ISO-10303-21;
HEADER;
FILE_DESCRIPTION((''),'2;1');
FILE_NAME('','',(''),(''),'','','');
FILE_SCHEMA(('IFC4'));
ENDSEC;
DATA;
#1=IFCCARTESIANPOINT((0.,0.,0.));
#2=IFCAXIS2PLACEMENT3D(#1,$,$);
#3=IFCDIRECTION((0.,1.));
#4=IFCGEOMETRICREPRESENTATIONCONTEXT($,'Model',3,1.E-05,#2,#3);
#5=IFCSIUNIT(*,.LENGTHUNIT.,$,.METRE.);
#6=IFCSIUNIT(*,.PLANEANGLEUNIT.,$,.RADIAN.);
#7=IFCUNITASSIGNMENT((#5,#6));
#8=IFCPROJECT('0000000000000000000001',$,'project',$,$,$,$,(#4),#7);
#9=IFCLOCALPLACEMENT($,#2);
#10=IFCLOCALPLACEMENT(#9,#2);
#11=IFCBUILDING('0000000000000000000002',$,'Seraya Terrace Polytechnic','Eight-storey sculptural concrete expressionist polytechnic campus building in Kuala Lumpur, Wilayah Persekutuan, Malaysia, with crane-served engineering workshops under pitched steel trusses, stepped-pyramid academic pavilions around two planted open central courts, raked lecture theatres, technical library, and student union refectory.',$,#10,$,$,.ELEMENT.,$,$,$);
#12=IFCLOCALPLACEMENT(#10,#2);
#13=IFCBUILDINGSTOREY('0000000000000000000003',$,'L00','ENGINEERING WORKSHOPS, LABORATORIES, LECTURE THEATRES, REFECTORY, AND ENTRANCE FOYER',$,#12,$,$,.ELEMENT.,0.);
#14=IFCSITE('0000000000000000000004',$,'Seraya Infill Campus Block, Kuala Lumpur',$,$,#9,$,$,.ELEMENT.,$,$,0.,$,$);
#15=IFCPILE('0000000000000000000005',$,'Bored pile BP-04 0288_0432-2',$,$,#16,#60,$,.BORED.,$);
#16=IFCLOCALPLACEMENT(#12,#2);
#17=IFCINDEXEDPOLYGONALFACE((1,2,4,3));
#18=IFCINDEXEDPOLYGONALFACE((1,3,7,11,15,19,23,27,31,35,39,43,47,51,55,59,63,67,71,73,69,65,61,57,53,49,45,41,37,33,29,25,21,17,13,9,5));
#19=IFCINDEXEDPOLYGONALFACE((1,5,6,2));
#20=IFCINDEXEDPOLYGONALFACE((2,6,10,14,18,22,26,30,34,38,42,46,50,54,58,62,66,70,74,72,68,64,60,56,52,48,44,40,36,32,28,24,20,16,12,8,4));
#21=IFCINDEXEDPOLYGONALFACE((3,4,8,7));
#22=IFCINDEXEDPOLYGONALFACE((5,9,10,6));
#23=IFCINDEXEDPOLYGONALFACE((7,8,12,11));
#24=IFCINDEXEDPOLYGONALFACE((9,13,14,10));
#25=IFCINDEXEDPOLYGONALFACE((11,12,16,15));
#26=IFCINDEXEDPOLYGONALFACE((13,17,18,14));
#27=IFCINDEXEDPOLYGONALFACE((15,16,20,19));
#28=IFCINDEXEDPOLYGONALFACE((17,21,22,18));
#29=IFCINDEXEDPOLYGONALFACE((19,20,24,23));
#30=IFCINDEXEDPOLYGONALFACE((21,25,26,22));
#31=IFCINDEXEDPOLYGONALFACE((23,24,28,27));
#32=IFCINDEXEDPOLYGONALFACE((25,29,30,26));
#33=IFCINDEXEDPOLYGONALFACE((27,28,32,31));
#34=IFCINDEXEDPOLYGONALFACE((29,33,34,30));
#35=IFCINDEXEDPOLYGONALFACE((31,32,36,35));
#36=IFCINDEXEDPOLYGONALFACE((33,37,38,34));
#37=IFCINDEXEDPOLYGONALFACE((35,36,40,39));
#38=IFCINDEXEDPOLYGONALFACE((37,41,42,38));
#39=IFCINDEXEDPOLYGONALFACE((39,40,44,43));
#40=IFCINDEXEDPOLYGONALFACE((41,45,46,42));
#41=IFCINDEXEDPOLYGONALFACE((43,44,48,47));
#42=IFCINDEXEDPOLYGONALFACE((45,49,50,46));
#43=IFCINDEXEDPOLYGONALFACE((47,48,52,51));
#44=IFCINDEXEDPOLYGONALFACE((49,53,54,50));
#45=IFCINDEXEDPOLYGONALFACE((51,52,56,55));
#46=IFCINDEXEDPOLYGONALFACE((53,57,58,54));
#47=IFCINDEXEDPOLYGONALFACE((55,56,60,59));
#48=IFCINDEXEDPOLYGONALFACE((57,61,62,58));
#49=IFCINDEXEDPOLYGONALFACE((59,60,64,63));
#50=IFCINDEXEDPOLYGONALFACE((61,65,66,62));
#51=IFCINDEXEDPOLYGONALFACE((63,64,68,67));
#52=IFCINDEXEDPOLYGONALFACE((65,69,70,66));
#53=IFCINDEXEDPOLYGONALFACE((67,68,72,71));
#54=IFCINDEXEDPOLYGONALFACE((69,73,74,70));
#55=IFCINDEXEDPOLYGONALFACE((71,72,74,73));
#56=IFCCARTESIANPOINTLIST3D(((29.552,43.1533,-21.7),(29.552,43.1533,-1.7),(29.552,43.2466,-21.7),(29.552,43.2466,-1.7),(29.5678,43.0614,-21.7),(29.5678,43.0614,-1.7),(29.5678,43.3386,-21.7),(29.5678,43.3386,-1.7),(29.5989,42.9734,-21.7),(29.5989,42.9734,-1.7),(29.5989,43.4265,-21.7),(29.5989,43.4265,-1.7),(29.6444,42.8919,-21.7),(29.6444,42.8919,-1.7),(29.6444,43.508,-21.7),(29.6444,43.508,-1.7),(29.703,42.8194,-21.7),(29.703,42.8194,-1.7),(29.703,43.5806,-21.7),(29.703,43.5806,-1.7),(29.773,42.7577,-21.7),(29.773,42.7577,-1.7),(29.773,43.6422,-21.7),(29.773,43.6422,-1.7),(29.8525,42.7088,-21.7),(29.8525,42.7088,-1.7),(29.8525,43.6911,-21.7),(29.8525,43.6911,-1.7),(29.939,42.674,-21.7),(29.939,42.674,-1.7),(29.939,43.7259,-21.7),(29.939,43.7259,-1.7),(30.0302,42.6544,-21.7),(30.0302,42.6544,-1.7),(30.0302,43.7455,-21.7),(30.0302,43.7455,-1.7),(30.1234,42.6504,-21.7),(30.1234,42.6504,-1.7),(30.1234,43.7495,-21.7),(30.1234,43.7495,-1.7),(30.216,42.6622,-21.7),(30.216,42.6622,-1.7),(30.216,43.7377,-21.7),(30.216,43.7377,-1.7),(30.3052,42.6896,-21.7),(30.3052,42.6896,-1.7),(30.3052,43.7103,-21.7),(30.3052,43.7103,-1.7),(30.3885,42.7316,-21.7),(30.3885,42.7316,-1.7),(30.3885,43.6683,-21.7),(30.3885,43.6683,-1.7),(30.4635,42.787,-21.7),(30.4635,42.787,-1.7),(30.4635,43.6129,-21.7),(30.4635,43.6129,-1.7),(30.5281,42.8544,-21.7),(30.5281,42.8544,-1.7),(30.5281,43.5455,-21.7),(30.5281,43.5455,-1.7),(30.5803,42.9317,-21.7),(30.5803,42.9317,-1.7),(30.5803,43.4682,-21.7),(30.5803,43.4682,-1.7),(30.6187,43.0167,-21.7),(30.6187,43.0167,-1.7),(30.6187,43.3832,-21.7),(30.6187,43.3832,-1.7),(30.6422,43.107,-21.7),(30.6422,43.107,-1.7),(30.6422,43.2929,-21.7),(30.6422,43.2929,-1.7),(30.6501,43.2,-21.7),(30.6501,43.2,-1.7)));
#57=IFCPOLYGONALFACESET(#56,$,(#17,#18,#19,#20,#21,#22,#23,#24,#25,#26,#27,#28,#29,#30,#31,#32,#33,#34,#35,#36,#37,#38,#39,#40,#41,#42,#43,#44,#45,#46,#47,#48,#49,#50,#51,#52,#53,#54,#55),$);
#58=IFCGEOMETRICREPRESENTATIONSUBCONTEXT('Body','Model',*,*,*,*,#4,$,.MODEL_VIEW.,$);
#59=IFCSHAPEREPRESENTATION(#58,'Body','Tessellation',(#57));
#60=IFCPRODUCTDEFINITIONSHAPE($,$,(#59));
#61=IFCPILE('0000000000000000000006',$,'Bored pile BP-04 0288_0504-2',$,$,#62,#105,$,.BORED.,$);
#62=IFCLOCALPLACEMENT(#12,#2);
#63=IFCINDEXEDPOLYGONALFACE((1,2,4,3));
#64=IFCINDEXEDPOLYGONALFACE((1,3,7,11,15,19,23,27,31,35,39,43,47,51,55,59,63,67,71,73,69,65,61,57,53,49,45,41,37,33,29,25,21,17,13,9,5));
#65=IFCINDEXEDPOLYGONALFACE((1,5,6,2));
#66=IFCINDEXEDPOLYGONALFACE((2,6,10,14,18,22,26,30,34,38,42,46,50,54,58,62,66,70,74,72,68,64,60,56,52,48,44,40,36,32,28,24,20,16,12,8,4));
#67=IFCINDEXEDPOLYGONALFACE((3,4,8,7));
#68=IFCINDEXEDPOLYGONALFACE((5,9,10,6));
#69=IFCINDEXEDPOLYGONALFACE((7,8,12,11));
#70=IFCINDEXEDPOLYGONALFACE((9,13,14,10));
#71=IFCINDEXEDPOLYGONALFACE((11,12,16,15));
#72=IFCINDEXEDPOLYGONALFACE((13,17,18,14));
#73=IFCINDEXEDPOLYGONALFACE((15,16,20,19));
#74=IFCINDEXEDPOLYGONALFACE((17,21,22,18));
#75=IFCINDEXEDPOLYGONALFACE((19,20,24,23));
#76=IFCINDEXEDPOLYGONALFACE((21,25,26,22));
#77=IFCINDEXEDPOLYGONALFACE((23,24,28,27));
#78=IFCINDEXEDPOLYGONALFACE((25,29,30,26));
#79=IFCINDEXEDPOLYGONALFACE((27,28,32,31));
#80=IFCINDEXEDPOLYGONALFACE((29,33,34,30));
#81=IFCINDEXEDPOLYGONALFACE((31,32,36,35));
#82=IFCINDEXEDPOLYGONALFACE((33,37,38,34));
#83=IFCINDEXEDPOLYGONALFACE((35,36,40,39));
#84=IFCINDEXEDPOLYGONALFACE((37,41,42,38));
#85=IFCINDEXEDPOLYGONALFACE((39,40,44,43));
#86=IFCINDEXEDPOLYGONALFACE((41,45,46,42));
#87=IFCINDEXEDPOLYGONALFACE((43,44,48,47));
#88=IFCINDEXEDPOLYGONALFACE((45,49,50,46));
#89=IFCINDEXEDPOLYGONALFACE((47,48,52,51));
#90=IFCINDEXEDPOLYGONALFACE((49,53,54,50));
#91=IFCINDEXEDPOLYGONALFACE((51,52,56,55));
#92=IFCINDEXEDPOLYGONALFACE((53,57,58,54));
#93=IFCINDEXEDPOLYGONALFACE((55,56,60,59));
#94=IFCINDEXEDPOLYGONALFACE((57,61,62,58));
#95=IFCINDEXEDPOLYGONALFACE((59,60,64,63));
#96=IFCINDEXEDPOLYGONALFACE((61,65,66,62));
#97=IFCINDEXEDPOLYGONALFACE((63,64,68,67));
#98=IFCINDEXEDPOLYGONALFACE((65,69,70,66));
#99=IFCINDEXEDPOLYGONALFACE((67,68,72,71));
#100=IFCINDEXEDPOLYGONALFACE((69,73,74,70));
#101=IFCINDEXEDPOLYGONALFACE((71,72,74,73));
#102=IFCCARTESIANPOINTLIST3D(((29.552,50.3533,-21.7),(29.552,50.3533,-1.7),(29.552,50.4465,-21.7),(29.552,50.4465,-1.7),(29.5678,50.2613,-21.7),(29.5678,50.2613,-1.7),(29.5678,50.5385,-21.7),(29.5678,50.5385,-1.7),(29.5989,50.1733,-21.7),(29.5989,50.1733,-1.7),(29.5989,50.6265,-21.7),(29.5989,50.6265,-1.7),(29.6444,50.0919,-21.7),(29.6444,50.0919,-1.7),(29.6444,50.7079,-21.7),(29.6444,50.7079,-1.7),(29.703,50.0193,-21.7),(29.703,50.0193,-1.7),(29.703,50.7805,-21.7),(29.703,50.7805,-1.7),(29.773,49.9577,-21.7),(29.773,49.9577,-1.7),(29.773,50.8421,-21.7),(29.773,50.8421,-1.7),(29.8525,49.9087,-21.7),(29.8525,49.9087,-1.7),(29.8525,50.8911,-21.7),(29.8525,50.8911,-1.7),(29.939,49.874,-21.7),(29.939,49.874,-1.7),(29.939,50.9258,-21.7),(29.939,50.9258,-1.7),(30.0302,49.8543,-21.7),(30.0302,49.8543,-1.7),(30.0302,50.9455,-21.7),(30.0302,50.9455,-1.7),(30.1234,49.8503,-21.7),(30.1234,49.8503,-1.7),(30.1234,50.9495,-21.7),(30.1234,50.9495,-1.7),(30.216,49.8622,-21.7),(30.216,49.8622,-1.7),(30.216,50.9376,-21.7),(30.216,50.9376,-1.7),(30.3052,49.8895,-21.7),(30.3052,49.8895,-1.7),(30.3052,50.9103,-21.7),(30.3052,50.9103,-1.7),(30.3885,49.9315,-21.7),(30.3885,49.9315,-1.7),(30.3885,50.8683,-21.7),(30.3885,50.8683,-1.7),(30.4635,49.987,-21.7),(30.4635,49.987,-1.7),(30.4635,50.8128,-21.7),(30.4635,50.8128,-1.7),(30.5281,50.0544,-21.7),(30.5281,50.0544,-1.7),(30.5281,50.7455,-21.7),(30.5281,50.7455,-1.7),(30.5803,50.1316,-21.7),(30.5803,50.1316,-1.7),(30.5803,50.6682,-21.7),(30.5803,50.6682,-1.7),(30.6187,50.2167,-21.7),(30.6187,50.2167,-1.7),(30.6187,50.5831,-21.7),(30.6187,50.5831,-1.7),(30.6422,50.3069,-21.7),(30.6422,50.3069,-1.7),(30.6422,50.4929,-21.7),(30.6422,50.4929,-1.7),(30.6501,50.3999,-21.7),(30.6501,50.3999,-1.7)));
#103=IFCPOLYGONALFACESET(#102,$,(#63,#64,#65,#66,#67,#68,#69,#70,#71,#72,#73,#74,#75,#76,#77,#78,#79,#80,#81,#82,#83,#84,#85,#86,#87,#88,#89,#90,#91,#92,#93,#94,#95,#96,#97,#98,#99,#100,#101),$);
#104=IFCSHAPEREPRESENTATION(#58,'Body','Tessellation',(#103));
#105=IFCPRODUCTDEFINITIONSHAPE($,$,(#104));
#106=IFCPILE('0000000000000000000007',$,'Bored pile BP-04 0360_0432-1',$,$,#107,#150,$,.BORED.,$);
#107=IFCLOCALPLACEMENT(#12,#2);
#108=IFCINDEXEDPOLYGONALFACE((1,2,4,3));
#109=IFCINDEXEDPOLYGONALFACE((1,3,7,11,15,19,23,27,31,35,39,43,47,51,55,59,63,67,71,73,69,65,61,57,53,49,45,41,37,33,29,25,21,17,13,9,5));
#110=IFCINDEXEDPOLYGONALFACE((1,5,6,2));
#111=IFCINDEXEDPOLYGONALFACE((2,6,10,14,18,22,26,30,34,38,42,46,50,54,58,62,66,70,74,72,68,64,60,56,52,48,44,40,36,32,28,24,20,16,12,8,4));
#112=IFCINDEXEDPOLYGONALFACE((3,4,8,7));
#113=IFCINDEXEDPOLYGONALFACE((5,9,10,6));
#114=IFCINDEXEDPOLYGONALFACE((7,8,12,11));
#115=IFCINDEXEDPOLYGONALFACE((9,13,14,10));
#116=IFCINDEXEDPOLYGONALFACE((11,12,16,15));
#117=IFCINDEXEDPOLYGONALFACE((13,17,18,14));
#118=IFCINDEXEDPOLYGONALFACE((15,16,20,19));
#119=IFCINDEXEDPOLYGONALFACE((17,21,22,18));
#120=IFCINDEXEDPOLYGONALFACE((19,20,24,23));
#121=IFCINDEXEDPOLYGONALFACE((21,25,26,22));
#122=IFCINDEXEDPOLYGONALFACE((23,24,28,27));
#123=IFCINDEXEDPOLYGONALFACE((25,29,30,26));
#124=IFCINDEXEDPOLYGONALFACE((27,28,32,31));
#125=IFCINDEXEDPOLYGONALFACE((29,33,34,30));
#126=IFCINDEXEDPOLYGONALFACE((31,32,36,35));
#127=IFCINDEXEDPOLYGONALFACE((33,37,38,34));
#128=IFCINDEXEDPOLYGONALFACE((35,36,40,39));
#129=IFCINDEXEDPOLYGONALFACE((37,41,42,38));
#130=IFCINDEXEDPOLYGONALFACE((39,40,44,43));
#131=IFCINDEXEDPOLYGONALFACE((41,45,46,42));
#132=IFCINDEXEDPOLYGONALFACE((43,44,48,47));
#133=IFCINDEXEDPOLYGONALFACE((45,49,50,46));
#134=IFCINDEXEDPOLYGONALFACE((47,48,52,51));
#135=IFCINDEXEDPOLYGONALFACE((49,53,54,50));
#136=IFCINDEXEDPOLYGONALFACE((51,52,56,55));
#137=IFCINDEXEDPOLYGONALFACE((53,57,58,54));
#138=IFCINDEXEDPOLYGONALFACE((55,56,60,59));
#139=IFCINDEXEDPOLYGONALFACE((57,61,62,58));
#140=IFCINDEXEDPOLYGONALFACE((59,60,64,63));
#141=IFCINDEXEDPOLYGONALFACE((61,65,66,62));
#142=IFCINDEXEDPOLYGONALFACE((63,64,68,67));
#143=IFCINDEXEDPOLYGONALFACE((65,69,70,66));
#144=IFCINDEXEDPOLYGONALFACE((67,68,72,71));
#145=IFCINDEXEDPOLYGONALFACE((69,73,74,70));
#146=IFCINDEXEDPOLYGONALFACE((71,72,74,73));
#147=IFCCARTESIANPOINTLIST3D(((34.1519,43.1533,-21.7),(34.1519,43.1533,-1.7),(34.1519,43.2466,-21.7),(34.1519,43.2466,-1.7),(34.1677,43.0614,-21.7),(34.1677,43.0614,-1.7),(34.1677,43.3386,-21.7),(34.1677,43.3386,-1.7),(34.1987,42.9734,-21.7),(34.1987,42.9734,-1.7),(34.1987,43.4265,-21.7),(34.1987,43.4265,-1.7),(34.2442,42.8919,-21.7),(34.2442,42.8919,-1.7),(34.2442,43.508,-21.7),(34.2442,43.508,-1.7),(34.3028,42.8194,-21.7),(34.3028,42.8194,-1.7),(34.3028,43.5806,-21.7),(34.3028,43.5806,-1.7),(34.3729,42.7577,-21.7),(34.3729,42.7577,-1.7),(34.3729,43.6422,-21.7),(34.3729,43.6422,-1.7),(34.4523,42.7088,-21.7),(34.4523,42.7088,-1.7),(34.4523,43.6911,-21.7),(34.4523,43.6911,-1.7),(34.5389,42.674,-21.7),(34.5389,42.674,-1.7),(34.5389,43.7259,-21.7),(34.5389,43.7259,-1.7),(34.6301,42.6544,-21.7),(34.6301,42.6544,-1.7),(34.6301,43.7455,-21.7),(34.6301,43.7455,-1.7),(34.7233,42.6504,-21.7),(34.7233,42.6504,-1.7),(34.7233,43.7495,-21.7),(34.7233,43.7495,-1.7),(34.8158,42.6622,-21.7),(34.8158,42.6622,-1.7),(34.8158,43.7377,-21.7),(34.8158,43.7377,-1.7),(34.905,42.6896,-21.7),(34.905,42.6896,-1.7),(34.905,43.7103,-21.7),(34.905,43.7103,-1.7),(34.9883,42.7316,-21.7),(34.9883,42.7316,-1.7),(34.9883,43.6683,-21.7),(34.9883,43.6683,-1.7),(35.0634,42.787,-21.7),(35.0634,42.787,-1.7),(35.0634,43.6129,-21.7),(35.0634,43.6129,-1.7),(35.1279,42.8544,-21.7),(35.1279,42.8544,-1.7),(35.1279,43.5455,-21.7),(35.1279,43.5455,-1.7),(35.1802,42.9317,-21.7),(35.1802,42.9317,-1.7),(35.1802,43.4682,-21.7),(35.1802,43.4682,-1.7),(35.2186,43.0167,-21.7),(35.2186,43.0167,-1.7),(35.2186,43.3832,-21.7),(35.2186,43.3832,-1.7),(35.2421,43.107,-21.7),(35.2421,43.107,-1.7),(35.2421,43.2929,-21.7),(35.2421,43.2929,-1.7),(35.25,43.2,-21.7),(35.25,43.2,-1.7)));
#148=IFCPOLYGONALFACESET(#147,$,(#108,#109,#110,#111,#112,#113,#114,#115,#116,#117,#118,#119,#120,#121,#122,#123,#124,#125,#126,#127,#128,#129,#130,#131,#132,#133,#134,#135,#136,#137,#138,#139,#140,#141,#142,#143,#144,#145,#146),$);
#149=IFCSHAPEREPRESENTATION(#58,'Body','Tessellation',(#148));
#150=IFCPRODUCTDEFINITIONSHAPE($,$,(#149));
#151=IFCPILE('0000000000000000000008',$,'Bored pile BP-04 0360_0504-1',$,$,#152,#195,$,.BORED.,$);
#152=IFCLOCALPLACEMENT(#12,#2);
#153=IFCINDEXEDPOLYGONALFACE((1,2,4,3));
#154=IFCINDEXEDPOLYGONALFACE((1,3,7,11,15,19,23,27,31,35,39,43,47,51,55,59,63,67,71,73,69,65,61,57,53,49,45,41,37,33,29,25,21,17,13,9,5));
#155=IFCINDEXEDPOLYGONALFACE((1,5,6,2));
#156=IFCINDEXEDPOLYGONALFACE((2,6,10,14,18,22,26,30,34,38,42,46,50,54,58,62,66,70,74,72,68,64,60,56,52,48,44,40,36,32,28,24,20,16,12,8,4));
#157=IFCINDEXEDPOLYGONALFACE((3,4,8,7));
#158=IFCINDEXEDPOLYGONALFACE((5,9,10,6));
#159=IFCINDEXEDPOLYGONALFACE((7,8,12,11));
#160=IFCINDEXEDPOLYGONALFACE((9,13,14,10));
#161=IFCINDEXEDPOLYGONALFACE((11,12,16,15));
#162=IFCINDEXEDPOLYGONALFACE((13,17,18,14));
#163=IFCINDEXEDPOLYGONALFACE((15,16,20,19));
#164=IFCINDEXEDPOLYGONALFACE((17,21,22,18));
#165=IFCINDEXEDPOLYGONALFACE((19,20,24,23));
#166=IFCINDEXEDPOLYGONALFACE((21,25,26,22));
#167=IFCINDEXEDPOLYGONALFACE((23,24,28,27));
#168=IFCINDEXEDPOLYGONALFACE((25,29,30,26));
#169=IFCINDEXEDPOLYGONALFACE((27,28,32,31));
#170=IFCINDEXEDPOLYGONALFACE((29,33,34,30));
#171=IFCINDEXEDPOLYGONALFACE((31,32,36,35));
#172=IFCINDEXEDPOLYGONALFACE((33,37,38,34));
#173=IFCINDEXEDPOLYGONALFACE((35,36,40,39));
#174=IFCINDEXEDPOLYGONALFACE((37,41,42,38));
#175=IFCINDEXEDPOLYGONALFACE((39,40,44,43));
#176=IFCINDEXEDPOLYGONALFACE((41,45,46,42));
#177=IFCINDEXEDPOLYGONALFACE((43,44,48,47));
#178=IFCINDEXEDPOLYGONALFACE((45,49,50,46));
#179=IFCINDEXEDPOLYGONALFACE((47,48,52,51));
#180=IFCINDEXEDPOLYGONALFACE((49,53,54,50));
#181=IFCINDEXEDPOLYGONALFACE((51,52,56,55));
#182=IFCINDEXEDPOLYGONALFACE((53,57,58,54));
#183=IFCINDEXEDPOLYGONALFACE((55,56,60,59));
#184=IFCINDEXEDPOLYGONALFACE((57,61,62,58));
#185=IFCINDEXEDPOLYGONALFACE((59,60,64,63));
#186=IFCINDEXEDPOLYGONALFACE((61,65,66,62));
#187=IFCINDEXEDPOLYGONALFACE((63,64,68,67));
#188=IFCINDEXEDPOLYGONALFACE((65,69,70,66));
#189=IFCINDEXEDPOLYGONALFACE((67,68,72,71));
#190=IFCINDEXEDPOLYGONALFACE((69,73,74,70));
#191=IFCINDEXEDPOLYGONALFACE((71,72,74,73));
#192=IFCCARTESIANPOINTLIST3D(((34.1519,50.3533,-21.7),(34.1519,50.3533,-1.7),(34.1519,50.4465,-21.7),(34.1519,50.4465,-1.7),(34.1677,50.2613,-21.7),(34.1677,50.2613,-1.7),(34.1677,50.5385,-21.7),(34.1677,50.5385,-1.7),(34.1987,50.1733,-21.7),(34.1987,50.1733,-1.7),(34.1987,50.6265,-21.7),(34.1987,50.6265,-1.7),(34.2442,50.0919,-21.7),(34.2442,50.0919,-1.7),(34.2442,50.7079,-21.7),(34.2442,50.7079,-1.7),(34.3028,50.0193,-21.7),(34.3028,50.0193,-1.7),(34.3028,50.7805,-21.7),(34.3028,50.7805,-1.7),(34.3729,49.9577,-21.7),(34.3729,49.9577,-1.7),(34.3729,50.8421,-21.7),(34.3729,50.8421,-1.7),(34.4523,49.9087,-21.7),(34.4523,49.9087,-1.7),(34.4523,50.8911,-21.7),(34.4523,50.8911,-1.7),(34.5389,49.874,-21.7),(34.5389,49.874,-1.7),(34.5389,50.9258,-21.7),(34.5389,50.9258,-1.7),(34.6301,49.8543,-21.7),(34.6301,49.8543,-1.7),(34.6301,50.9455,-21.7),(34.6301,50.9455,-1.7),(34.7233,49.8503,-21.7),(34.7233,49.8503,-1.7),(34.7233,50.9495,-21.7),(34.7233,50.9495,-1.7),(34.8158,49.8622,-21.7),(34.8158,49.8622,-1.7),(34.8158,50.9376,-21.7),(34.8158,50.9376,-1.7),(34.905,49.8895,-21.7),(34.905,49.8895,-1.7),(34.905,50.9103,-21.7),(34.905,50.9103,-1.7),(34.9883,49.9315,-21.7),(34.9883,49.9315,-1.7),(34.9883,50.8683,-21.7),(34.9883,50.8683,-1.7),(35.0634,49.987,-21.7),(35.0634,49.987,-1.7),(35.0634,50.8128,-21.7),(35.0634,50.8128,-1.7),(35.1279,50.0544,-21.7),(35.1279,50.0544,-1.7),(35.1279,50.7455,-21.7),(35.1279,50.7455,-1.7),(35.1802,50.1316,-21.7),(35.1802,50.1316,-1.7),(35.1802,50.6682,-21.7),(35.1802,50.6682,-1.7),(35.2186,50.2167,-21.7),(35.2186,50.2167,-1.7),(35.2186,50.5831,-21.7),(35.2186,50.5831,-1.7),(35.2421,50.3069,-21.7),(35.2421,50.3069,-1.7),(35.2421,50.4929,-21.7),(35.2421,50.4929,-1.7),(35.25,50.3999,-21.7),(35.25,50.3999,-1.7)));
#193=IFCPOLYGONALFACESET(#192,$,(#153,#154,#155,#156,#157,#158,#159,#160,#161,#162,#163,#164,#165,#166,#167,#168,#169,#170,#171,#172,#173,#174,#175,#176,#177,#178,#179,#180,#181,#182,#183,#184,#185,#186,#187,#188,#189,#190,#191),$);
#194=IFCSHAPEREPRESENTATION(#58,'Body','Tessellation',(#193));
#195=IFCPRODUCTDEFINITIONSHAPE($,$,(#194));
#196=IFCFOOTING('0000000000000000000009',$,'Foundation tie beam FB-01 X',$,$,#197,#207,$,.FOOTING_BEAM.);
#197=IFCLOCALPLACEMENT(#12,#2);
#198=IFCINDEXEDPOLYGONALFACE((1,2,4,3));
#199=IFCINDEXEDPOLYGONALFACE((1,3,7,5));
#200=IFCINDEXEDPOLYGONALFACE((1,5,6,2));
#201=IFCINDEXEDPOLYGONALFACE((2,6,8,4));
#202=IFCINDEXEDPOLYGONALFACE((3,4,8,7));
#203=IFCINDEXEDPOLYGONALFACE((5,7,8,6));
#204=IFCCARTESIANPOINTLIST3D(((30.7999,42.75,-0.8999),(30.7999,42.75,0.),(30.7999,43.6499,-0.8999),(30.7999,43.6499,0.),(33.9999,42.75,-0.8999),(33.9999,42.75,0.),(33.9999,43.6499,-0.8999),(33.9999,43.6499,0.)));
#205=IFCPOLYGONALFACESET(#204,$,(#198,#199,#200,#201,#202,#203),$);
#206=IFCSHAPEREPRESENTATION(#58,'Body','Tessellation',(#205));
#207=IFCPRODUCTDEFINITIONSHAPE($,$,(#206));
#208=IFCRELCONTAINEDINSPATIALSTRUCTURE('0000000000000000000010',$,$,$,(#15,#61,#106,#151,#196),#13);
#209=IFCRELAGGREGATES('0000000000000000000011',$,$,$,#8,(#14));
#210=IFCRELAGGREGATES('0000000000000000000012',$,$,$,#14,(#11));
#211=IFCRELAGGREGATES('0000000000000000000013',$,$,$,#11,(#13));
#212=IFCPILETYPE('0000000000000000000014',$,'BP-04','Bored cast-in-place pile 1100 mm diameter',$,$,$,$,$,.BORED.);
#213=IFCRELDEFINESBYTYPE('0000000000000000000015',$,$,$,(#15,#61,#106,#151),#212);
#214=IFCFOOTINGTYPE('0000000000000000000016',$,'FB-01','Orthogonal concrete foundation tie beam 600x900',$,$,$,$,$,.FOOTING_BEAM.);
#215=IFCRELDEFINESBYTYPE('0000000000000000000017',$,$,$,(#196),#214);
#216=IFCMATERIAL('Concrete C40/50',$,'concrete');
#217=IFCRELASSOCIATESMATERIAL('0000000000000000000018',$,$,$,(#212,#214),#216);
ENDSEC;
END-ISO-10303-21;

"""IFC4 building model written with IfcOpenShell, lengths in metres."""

from ifc_helpers import new_model, si_unit, direction, frame, origin, origin_2d, place, context, subcontext, project, spatial, rectangle, circle, extrude, material, material_profile, profile_set, type_object, element, save


model = new_model("IFC4")

# Units and contexts
model_context = context("Model", 3, precision=1e-05, world=origin(), true_north=direction((0.0, 1.0)))
body_context = subcontext(model_context, "Body", "Model", "MODEL_VIEW")
ifc_project = project(units=[si_unit("LENGTHUNIT", "METRE"), si_unit("PLANEANGLEUNIT", "RADIAN")], contexts=[model_context])

# Site, building, storey
site_placement = place(None, origin())
site = spatial("IfcSite", under=ifc_project, at=site_placement, Name="Seraya Infill Campus Block, Kuala Lumpur", CompositionType="ELEMENT", RefElevation=0.0)
building_placement = place(site_placement, origin())
building = spatial("IfcBuilding", under=site, at=building_placement, Name="Seraya Terrace Polytechnic", Description="Eight-storey sculptural concrete expressionist polytechnic campus building in Kuala Lumpur, Wilayah Persekutuan, Malaysia, with crane-served engineering workshops under pitched steel trusses, stepped-pyramid academic pavilions around two planted open central courts, raked lecture theatres, technical library, and student union refectory.", CompositionType="ELEMENT")
storey_placement = place(building_placement, origin())
storey = spatial("IfcBuildingStorey", under=building, at=storey_placement, Name="L00", Description="ENGINEERING WORKSHOPS, LABORATORIES, LECTURE THEATRES, REFECTORY, AND ENTRANCE FOYER", CompositionType="ELEMENT", Elevation=0.0)

# Piles
ifc_material_1 = material(Name="Concrete C40/50", Category="concrete")
ifc_material_profile_1 = material_profile(ifc_material_1, circle(Radius=0.55, at=origin_2d()), Name="DIA 1100")
ifc_profile_set_1 = profile_set([ifc_material_profile_1], Name="Concrete C40/50")
pile_type = type_object("IfcPileType", Name="BP-04", Description="Bored cast-in-place pile 1100 mm diameter", PredefinedType="BORED", material=ifc_profile_set_1)
for number, where, z_axis, x_axis, name in (
    (1, (30.1001, 43.2, -1.7), (0.0, 0.0, -1.0), (1.0, 0.0, 0.0), "Bored pile BP-04 0288_0432-2"),
    (2, (30.1001, 50.3999, -1.7), (0.0, 0.0, -1.0), (1.0, 0.0, 0.0), "Bored pile BP-04 0288_0504-2"),
    (3, (34.7, 43.2, -1.7), (0.0, 0.0, -1.0), (1.0, 0.0, 0.0), "Bored pile BP-04 0360_0432-1"),
    (4, (34.7, 50.3999, -1.7), (0.0, 0.0, -1.0), (1.0, 0.0, 0.0), "Bored pile BP-04 0360_0504-1"),
):
    element("IfcPile", number, at=place(storey_placement, frame(where, z_axis=z_axis, x_axis=x_axis)), inside=storey, type_object=pile_type, Name=name, PredefinedType="BORED", context=body_context, shape_type="SweptSolid", body=[
        extrude(circle(Radius=0.55, at=origin_2d()), origin(), (0.0, 0.0, 1.0), 20.0),
    ])

# Footing
footing_type_1 = type_object("IfcFootingType", Name="FB-01", Description="Orthogonal concrete foundation tie beam 600x900", PredefinedType="FOOTING_BEAM", material=ifc_material_1)
footing_1_placement = place(storey_placement, frame((32.3999, 43.2, -0.8999), z_axis=(0.0, 0.0, 1.0), x_axis=(1.0, 0.0, 0.0)))
element("IfcFooting", 5, at=footing_1_placement, inside=storey, type_object=footing_type_1, Name="Foundation tie beam FB-01 X", PredefinedType="FOOTING_BEAM", context=body_context, shape_type="SweptSolid", body=[
    extrude(rectangle(XDim=3.2, YDim=0.8999, at=origin_2d()), origin(), (0.0, 0.0, 1.0), 0.8999),
])

save(model, "model.ifc")
